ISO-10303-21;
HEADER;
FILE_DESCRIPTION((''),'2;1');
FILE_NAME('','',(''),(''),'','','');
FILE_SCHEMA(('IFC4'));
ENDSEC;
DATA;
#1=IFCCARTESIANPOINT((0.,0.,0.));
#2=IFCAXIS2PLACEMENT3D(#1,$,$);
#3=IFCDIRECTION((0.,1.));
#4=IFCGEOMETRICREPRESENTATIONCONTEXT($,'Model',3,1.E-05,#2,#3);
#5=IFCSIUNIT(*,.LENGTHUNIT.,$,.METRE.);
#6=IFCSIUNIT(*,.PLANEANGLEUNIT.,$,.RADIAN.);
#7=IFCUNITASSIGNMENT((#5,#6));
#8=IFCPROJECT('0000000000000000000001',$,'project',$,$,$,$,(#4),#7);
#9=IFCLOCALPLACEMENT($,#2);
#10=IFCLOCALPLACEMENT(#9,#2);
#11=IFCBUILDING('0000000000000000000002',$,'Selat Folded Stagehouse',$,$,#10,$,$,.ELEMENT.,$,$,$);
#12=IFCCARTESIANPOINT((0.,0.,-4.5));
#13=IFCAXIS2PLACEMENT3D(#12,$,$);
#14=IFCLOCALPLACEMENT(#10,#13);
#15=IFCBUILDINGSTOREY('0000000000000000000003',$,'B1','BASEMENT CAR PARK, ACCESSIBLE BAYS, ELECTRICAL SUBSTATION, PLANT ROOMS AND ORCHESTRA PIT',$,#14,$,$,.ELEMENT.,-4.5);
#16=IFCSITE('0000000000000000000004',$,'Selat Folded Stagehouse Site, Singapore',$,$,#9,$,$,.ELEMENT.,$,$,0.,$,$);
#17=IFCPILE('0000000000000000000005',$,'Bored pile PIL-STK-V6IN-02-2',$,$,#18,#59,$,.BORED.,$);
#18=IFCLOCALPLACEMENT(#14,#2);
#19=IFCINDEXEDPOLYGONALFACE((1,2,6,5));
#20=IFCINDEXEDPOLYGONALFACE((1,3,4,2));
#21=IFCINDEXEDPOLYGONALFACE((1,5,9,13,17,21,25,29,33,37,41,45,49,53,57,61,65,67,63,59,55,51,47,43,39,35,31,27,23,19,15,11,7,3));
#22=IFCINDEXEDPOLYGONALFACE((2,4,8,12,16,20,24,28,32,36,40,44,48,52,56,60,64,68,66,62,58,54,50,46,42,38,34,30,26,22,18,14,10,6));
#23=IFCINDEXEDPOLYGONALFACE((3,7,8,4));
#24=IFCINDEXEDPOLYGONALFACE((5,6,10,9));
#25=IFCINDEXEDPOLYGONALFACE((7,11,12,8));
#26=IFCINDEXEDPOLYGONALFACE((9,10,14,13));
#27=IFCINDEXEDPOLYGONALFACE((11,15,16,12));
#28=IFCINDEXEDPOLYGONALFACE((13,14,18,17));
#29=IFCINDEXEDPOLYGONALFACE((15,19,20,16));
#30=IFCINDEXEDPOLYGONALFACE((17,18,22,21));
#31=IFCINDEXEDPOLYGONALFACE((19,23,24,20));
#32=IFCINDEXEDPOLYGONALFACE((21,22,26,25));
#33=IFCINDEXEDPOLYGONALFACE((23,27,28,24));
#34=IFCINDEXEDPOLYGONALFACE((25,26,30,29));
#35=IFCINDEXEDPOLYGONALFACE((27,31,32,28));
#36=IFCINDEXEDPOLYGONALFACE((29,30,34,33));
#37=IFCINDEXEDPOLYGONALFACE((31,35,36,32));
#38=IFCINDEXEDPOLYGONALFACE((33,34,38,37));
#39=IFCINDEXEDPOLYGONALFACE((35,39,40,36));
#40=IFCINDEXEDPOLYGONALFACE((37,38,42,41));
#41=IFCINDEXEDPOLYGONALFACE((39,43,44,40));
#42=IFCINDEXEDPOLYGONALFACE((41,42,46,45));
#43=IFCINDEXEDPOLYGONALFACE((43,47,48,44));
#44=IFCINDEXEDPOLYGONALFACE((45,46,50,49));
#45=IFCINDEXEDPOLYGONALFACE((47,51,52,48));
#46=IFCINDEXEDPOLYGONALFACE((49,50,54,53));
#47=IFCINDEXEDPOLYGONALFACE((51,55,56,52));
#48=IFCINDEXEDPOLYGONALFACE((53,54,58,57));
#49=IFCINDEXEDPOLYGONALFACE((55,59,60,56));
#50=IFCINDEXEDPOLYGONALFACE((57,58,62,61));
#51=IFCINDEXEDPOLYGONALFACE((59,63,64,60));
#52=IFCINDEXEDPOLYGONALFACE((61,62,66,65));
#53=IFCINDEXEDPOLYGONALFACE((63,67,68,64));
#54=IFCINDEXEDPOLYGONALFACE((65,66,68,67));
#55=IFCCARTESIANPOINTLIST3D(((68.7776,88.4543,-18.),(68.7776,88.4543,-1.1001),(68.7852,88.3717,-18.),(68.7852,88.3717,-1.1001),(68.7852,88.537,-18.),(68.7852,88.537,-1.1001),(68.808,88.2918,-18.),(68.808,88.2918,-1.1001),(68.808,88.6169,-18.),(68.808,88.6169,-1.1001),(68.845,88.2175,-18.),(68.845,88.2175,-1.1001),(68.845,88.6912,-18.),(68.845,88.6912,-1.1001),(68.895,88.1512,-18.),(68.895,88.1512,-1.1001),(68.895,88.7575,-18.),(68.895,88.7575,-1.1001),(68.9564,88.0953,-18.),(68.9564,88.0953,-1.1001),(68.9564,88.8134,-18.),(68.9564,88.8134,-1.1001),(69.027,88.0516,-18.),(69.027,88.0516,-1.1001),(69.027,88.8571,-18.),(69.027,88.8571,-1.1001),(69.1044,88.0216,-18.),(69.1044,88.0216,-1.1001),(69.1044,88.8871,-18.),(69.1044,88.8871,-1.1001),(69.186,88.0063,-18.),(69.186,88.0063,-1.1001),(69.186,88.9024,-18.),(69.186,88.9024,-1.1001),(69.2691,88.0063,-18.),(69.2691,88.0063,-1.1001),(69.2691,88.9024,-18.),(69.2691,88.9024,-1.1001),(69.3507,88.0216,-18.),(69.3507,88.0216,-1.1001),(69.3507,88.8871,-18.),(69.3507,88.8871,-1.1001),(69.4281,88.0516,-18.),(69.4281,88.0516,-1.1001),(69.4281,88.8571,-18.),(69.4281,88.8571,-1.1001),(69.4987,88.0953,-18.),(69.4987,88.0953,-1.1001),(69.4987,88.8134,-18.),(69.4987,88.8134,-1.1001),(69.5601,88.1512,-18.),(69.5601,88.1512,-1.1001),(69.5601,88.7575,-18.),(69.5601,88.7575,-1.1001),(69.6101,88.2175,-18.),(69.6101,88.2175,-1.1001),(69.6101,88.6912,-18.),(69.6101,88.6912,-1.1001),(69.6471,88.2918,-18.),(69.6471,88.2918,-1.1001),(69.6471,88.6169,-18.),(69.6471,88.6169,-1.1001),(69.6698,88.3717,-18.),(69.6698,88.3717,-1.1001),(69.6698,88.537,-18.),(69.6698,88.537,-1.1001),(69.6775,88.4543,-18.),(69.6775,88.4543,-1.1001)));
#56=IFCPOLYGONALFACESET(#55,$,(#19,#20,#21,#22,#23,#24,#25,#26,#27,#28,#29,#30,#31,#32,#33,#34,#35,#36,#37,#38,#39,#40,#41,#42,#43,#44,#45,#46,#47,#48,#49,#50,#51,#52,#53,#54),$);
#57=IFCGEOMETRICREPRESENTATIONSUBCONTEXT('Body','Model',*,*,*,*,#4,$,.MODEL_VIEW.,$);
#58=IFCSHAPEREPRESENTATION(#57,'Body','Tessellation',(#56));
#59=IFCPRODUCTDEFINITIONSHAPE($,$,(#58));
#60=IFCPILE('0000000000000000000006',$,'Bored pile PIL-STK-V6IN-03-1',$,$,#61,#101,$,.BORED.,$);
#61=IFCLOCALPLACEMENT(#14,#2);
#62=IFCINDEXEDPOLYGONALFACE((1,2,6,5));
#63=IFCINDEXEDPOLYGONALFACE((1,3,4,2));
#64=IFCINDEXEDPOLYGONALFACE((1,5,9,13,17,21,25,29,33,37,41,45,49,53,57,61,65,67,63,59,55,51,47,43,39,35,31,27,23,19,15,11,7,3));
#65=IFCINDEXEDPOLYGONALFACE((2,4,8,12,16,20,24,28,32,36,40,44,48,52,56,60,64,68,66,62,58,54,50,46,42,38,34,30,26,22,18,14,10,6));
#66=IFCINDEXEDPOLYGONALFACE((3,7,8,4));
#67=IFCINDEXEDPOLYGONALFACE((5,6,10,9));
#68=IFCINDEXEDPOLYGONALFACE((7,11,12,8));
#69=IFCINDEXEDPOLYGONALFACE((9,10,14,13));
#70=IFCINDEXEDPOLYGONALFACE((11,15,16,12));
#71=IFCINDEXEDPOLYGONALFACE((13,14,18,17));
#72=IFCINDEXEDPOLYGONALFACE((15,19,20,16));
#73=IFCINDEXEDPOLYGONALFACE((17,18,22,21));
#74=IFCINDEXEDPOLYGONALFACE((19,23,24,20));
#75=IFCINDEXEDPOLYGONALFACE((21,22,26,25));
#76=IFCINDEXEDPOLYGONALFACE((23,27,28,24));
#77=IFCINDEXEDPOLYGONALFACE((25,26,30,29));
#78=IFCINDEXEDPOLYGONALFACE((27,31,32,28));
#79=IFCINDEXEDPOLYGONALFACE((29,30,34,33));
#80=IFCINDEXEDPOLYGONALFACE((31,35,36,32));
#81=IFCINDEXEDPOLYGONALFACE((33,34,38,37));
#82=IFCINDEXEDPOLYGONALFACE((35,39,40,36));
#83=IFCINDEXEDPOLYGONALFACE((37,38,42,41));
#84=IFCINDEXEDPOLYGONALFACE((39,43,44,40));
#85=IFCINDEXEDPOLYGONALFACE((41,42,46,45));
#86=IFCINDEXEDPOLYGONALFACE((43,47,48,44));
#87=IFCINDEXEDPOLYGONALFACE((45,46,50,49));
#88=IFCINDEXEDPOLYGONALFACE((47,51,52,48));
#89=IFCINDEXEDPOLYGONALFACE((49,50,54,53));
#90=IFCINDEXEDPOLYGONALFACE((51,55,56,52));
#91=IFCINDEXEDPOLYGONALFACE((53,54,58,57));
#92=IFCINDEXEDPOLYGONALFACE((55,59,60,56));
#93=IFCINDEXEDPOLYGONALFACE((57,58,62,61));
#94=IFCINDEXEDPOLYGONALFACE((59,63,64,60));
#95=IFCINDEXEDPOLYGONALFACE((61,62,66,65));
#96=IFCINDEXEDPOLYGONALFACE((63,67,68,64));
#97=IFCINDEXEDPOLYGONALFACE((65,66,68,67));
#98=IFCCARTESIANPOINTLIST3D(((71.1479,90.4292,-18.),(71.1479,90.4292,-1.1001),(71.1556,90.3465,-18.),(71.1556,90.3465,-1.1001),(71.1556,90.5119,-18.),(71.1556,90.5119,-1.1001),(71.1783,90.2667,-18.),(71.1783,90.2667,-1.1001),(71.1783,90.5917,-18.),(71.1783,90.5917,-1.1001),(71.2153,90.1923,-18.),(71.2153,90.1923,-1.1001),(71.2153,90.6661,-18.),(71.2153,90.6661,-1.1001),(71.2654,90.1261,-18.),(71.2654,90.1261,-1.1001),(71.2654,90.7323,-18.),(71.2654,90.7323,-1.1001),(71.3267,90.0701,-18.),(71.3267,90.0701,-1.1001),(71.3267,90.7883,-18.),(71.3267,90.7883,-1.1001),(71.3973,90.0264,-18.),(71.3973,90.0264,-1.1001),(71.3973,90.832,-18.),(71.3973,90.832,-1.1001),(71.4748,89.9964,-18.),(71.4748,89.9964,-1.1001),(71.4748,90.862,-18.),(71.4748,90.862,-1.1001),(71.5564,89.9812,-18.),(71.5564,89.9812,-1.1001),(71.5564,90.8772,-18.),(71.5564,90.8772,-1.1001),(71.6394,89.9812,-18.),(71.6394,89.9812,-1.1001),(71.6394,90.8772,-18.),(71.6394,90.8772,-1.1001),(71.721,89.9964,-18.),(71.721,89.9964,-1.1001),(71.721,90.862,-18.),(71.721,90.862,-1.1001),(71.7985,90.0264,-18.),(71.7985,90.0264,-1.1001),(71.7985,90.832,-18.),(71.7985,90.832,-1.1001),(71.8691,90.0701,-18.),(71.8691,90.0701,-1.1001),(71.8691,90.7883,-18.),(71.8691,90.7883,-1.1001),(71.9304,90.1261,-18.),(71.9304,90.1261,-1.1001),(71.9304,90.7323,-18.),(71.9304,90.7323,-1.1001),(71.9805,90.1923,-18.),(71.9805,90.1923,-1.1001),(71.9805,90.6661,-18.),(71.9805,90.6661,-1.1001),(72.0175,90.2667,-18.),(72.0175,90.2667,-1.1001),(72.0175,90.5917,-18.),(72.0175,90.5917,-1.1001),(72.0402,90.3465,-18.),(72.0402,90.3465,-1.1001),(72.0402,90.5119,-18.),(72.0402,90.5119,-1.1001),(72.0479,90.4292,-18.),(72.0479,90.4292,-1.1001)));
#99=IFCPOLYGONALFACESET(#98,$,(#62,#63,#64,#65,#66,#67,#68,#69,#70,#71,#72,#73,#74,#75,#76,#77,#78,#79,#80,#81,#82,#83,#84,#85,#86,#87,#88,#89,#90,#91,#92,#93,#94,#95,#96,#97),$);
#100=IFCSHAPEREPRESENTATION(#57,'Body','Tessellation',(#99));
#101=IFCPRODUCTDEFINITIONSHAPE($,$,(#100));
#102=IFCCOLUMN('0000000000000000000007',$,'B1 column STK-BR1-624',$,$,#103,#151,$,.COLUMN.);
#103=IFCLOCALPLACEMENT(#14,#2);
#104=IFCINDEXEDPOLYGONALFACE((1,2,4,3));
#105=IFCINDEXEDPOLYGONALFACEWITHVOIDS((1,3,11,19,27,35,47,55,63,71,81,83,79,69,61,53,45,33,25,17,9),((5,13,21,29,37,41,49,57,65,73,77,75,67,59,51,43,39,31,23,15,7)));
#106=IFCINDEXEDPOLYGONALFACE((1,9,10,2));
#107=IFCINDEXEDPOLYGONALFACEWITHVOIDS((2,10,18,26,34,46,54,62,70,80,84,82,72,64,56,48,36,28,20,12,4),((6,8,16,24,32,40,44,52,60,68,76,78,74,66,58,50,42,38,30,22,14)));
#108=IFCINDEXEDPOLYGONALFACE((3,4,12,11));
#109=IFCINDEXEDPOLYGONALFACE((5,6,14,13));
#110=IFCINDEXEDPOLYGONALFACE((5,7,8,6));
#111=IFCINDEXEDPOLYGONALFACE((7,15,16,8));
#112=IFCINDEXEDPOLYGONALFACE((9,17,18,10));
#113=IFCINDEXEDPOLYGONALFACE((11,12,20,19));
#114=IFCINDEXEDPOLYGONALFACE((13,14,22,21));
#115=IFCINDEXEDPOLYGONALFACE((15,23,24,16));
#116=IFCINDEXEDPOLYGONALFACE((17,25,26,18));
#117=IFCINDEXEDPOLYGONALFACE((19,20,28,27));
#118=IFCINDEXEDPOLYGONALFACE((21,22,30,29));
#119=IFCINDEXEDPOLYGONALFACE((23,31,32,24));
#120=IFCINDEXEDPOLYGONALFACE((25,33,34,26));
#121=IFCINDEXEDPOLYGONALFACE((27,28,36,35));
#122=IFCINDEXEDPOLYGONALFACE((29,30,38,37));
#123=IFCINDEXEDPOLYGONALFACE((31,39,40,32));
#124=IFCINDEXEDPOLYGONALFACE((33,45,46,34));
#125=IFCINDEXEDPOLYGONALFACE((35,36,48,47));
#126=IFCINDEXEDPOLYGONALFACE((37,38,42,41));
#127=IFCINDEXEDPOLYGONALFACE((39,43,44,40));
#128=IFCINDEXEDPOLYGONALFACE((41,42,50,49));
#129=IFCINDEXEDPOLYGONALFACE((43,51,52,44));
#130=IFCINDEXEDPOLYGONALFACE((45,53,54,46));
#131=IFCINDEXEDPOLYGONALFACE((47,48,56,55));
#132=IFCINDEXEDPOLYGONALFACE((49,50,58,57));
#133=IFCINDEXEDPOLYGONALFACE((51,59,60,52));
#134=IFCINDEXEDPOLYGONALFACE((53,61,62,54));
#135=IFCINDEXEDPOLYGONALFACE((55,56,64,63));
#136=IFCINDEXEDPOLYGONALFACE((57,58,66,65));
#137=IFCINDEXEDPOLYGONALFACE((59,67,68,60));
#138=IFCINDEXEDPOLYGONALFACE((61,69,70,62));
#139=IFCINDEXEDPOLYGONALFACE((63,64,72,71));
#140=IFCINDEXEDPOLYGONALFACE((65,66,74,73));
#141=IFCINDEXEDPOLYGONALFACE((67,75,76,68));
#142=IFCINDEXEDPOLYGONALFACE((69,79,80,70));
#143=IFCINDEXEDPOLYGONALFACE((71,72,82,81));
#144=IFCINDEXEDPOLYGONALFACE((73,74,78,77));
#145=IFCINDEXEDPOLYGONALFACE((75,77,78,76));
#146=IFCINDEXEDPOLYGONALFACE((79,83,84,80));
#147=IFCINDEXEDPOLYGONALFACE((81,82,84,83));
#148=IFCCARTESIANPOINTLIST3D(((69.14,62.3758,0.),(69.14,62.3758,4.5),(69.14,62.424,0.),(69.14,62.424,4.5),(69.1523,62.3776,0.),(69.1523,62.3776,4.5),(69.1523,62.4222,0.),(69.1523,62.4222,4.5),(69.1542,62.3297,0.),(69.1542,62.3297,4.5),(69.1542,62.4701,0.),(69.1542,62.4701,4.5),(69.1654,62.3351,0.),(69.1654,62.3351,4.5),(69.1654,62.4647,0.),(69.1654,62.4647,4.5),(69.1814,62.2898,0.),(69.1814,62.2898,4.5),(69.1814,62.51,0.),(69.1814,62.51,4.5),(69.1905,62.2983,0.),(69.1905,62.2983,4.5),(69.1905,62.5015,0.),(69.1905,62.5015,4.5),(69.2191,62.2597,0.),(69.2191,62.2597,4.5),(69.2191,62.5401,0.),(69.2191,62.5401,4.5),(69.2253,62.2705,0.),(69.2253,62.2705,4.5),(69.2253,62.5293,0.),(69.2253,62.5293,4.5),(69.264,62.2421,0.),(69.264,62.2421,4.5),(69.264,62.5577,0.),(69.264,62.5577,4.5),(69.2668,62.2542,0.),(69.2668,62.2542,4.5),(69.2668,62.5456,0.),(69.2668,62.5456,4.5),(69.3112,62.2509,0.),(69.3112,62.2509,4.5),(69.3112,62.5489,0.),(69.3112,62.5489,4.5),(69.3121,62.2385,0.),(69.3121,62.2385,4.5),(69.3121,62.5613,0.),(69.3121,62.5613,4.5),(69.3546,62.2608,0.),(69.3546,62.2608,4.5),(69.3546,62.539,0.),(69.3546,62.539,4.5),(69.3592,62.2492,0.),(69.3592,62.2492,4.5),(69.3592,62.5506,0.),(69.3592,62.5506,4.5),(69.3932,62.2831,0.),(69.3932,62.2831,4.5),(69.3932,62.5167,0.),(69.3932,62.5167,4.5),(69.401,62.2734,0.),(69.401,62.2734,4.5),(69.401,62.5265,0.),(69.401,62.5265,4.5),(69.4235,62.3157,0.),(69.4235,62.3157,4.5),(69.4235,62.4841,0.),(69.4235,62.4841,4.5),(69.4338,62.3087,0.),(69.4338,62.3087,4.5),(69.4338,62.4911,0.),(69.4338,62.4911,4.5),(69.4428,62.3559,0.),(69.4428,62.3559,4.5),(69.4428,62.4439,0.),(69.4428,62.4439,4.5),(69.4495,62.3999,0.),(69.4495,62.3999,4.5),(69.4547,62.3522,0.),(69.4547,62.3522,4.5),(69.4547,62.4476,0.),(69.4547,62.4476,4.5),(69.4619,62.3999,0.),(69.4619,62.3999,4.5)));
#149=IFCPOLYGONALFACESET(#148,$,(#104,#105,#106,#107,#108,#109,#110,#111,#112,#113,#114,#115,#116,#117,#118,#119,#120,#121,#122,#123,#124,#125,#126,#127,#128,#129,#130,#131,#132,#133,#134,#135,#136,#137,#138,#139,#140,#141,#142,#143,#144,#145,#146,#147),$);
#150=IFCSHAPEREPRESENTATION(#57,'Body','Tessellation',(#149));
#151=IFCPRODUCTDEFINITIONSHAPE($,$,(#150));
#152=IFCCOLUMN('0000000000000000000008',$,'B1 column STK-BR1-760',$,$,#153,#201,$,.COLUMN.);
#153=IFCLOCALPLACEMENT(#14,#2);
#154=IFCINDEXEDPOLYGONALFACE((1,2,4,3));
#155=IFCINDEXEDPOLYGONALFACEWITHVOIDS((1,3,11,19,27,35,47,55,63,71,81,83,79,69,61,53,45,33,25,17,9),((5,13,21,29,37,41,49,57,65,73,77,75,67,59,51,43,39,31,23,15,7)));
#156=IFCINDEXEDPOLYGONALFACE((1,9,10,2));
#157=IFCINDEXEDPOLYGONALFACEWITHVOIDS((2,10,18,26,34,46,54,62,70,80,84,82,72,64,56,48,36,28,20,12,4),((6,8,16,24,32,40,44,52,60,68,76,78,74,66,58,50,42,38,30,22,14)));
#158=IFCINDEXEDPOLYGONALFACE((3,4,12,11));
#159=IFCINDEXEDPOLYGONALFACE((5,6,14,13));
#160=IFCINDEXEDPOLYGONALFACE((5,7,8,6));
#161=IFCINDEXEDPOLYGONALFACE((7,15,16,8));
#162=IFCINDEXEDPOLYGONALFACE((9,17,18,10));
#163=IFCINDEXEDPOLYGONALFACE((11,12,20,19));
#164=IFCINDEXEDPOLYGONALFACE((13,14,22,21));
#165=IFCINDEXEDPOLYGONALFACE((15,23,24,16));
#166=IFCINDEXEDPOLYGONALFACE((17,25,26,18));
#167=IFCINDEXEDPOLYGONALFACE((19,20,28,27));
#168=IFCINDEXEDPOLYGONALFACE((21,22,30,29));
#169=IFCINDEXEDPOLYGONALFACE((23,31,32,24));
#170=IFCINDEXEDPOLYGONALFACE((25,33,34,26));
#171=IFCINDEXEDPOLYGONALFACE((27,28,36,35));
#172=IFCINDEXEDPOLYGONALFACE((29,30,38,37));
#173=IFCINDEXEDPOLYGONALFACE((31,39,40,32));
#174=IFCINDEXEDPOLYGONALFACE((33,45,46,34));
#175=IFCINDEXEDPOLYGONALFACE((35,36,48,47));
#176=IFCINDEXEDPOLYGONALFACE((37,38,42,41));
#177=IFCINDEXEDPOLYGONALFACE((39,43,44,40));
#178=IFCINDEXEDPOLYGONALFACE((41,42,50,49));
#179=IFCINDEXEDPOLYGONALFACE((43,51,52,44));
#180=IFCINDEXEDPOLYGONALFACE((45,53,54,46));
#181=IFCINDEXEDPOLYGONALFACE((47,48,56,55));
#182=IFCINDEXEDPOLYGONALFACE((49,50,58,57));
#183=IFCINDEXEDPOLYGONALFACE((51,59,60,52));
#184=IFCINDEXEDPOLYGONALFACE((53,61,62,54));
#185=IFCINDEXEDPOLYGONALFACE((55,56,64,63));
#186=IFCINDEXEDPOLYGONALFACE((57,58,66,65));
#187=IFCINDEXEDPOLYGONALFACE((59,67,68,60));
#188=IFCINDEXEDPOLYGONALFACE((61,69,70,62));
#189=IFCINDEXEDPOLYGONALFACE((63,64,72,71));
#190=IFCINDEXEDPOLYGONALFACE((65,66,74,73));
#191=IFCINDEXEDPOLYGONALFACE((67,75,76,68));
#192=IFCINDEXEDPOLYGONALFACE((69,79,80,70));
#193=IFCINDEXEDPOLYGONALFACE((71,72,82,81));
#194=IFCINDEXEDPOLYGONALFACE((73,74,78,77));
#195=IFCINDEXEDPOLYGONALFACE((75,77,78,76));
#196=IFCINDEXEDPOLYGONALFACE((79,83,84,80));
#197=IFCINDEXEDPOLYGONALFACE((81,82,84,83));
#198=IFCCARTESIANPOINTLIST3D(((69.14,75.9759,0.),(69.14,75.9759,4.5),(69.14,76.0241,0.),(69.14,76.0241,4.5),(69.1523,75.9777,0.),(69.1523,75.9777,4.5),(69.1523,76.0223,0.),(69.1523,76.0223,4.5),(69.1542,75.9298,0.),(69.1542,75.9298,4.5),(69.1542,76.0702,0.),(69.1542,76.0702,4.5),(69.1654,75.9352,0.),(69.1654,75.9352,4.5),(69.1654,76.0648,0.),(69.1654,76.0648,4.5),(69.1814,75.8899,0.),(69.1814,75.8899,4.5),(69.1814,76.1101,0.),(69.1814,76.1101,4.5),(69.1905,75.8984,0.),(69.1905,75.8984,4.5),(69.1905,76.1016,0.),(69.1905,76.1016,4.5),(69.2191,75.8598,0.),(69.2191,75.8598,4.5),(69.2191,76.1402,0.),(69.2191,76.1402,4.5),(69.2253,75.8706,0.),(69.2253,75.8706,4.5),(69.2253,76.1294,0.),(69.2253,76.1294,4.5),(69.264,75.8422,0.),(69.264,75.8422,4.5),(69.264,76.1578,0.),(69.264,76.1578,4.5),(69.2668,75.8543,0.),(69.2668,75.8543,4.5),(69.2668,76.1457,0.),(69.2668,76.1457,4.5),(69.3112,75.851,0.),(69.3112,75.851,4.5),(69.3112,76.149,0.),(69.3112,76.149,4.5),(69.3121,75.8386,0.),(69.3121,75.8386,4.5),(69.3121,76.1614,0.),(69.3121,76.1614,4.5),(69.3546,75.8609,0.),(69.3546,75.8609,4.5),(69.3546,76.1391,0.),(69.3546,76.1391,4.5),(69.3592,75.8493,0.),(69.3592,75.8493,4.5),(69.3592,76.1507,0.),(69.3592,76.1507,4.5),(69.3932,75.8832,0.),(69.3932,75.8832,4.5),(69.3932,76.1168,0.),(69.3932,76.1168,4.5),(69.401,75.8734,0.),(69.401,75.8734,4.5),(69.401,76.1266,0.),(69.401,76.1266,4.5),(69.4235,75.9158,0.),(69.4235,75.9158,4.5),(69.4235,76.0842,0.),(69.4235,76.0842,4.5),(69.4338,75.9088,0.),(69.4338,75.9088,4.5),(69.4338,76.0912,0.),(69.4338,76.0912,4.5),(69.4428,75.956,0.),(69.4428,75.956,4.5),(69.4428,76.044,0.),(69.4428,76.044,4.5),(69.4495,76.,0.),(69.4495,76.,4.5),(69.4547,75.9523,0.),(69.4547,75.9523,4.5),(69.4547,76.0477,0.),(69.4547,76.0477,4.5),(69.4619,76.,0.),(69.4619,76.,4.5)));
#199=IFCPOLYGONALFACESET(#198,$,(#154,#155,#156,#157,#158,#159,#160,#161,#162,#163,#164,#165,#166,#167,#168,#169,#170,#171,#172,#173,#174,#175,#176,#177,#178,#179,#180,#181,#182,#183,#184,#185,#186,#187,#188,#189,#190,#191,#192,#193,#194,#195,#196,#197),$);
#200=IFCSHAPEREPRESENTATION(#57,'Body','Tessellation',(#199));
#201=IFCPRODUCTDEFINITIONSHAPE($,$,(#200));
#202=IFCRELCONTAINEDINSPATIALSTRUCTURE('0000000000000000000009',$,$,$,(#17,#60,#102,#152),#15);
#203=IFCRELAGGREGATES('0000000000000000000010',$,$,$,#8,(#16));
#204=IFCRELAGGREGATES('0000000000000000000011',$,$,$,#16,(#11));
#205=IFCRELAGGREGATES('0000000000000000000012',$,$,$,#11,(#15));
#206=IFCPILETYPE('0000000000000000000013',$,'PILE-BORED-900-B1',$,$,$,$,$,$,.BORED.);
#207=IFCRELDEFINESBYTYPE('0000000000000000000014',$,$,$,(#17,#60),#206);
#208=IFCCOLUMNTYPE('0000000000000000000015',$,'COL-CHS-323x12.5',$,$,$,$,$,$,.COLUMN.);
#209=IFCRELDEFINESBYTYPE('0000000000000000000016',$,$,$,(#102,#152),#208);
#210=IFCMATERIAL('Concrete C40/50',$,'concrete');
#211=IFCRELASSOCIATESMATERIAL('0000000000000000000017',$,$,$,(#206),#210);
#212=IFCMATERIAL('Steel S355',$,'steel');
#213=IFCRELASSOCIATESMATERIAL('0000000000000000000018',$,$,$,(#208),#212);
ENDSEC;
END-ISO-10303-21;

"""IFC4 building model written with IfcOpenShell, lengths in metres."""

from ifc_helpers import new_model, si_unit, direction, frame, origin, origin_2d, place, context, subcontext, project, spatial, circle, hollow_circle, extrude, material, material_profile, profile_set, type_object, element, save


model = new_model("IFC4")

# Units and contexts
model_context = context("Model", 3, precision=1e-05, world=origin(), true_north=direction((0.0, 1.0)))
body_context = subcontext(model_context, "Body", "Model", "MODEL_VIEW")
ifc_project = project(units=[si_unit("LENGTHUNIT", "METRE"), si_unit("PLANEANGLEUNIT", "RADIAN")], contexts=[model_context])

# Site, building, storey
site_placement = place(None, origin())
site = spatial("IfcSite", under=ifc_project, at=site_placement, Name="Selat Folded Stagehouse Site, Singapore", CompositionType="ELEMENT", RefElevation=0.0)
building_placement = place(site_placement, origin())
building = spatial("IfcBuilding", under=site, at=building_placement, Name="Selat Folded Stagehouse", CompositionType="ELEMENT")
storey_placement = place(building_placement, frame((0.0, 0.0, -4.5)))
storey = spatial("IfcBuildingStorey", under=building, at=storey_placement, Name="B1", Description="BASEMENT CAR PARK, ACCESSIBLE BAYS, ELECTRICAL SUBSTATION, PLANT ROOMS AND ORCHESTRA PIT", CompositionType="ELEMENT", Elevation=-4.5)

# Shared definitions
ifc_material_1 = material(Name="Concrete C40/50", Category="concrete")

# Piles
ifc_material_profile_1 = material_profile(ifc_material_1, circle(Radius=0.45, at=origin_2d()), Name="PILE D900")
ifc_profile_set_1 = profile_set([ifc_material_profile_1], Name="Concrete C40/50")
pile_type_1 = type_object("IfcPileType", Name="PILE-BORED-900-B1", PredefinedType="BORED", material=ifc_profile_set_1)
for number, where, z_axis, x_axis, name in (
    (1, (69.2275, 88.4543, -1.1001), (0.0, 0.0, -1.0), (1.0, 0.0, 0.0), "Bored pile PIL-STK-V6IN-02-2"),
    (2, (71.5979, 90.4292, -1.1001), (0.0, 0.0, -1.0), (1.0, 0.0, 0.0), "Bored pile PIL-STK-V6IN-03-1"),
):
    element("IfcPile", number, at=place(storey_placement, frame(where, z_axis=z_axis, x_axis=x_axis)), inside=storey, type_object=pile_type_1, Name=name, PredefinedType="BORED", context=body_context, shape_type="SweptSolid", body=[
        extrude(circle(Radius=0.45, at=origin_2d()), origin(), (0.0, 0.0, 1.0), 16.8999),
    ])

# Columns
ifc_material_2 = material(Name="Steel S355", Category="steel")
ifc_material_profile_2 = material_profile(ifc_material_2, hollow_circle(Radius=0.1619, WallThickness=0.0125, at=origin_2d()), Name="CHS 323.9x12.5")
ifc_profile_set_2 = profile_set([ifc_material_profile_2], Name="Steel S355")
column_type_1 = type_object("IfcColumnType", Name="COL-CHS-323x12.5", PredefinedType="COLUMN", material=ifc_profile_set_2)
for number, where, z_axis, x_axis, name in (
    (3, (69.3, 62.3999, 0.0), (0.0, 0.0, 1.0), (1.0, 0.0, 0.0), "B1 column STK-BR1-624"),
    (4, (69.3, 76.0, 0.0), (0.0, 0.0, 1.0), (1.0, 0.0, 0.0), "B1 column STK-BR1-760"),
):
    element("IfcColumn", number, at=place(storey_placement, frame(where, z_axis=z_axis, x_axis=x_axis)), inside=storey, type_object=column_type_1, Name=name, PredefinedType="COLUMN", context=body_context, shape_type="SweptSolid", body=[
        extrude(hollow_circle(Radius=0.1619, WallThickness=0.0125, at=origin_2d()), origin(), (0.0, 0.0, 1.0), 4.5),
    ])

save(model, "model.ifc")
